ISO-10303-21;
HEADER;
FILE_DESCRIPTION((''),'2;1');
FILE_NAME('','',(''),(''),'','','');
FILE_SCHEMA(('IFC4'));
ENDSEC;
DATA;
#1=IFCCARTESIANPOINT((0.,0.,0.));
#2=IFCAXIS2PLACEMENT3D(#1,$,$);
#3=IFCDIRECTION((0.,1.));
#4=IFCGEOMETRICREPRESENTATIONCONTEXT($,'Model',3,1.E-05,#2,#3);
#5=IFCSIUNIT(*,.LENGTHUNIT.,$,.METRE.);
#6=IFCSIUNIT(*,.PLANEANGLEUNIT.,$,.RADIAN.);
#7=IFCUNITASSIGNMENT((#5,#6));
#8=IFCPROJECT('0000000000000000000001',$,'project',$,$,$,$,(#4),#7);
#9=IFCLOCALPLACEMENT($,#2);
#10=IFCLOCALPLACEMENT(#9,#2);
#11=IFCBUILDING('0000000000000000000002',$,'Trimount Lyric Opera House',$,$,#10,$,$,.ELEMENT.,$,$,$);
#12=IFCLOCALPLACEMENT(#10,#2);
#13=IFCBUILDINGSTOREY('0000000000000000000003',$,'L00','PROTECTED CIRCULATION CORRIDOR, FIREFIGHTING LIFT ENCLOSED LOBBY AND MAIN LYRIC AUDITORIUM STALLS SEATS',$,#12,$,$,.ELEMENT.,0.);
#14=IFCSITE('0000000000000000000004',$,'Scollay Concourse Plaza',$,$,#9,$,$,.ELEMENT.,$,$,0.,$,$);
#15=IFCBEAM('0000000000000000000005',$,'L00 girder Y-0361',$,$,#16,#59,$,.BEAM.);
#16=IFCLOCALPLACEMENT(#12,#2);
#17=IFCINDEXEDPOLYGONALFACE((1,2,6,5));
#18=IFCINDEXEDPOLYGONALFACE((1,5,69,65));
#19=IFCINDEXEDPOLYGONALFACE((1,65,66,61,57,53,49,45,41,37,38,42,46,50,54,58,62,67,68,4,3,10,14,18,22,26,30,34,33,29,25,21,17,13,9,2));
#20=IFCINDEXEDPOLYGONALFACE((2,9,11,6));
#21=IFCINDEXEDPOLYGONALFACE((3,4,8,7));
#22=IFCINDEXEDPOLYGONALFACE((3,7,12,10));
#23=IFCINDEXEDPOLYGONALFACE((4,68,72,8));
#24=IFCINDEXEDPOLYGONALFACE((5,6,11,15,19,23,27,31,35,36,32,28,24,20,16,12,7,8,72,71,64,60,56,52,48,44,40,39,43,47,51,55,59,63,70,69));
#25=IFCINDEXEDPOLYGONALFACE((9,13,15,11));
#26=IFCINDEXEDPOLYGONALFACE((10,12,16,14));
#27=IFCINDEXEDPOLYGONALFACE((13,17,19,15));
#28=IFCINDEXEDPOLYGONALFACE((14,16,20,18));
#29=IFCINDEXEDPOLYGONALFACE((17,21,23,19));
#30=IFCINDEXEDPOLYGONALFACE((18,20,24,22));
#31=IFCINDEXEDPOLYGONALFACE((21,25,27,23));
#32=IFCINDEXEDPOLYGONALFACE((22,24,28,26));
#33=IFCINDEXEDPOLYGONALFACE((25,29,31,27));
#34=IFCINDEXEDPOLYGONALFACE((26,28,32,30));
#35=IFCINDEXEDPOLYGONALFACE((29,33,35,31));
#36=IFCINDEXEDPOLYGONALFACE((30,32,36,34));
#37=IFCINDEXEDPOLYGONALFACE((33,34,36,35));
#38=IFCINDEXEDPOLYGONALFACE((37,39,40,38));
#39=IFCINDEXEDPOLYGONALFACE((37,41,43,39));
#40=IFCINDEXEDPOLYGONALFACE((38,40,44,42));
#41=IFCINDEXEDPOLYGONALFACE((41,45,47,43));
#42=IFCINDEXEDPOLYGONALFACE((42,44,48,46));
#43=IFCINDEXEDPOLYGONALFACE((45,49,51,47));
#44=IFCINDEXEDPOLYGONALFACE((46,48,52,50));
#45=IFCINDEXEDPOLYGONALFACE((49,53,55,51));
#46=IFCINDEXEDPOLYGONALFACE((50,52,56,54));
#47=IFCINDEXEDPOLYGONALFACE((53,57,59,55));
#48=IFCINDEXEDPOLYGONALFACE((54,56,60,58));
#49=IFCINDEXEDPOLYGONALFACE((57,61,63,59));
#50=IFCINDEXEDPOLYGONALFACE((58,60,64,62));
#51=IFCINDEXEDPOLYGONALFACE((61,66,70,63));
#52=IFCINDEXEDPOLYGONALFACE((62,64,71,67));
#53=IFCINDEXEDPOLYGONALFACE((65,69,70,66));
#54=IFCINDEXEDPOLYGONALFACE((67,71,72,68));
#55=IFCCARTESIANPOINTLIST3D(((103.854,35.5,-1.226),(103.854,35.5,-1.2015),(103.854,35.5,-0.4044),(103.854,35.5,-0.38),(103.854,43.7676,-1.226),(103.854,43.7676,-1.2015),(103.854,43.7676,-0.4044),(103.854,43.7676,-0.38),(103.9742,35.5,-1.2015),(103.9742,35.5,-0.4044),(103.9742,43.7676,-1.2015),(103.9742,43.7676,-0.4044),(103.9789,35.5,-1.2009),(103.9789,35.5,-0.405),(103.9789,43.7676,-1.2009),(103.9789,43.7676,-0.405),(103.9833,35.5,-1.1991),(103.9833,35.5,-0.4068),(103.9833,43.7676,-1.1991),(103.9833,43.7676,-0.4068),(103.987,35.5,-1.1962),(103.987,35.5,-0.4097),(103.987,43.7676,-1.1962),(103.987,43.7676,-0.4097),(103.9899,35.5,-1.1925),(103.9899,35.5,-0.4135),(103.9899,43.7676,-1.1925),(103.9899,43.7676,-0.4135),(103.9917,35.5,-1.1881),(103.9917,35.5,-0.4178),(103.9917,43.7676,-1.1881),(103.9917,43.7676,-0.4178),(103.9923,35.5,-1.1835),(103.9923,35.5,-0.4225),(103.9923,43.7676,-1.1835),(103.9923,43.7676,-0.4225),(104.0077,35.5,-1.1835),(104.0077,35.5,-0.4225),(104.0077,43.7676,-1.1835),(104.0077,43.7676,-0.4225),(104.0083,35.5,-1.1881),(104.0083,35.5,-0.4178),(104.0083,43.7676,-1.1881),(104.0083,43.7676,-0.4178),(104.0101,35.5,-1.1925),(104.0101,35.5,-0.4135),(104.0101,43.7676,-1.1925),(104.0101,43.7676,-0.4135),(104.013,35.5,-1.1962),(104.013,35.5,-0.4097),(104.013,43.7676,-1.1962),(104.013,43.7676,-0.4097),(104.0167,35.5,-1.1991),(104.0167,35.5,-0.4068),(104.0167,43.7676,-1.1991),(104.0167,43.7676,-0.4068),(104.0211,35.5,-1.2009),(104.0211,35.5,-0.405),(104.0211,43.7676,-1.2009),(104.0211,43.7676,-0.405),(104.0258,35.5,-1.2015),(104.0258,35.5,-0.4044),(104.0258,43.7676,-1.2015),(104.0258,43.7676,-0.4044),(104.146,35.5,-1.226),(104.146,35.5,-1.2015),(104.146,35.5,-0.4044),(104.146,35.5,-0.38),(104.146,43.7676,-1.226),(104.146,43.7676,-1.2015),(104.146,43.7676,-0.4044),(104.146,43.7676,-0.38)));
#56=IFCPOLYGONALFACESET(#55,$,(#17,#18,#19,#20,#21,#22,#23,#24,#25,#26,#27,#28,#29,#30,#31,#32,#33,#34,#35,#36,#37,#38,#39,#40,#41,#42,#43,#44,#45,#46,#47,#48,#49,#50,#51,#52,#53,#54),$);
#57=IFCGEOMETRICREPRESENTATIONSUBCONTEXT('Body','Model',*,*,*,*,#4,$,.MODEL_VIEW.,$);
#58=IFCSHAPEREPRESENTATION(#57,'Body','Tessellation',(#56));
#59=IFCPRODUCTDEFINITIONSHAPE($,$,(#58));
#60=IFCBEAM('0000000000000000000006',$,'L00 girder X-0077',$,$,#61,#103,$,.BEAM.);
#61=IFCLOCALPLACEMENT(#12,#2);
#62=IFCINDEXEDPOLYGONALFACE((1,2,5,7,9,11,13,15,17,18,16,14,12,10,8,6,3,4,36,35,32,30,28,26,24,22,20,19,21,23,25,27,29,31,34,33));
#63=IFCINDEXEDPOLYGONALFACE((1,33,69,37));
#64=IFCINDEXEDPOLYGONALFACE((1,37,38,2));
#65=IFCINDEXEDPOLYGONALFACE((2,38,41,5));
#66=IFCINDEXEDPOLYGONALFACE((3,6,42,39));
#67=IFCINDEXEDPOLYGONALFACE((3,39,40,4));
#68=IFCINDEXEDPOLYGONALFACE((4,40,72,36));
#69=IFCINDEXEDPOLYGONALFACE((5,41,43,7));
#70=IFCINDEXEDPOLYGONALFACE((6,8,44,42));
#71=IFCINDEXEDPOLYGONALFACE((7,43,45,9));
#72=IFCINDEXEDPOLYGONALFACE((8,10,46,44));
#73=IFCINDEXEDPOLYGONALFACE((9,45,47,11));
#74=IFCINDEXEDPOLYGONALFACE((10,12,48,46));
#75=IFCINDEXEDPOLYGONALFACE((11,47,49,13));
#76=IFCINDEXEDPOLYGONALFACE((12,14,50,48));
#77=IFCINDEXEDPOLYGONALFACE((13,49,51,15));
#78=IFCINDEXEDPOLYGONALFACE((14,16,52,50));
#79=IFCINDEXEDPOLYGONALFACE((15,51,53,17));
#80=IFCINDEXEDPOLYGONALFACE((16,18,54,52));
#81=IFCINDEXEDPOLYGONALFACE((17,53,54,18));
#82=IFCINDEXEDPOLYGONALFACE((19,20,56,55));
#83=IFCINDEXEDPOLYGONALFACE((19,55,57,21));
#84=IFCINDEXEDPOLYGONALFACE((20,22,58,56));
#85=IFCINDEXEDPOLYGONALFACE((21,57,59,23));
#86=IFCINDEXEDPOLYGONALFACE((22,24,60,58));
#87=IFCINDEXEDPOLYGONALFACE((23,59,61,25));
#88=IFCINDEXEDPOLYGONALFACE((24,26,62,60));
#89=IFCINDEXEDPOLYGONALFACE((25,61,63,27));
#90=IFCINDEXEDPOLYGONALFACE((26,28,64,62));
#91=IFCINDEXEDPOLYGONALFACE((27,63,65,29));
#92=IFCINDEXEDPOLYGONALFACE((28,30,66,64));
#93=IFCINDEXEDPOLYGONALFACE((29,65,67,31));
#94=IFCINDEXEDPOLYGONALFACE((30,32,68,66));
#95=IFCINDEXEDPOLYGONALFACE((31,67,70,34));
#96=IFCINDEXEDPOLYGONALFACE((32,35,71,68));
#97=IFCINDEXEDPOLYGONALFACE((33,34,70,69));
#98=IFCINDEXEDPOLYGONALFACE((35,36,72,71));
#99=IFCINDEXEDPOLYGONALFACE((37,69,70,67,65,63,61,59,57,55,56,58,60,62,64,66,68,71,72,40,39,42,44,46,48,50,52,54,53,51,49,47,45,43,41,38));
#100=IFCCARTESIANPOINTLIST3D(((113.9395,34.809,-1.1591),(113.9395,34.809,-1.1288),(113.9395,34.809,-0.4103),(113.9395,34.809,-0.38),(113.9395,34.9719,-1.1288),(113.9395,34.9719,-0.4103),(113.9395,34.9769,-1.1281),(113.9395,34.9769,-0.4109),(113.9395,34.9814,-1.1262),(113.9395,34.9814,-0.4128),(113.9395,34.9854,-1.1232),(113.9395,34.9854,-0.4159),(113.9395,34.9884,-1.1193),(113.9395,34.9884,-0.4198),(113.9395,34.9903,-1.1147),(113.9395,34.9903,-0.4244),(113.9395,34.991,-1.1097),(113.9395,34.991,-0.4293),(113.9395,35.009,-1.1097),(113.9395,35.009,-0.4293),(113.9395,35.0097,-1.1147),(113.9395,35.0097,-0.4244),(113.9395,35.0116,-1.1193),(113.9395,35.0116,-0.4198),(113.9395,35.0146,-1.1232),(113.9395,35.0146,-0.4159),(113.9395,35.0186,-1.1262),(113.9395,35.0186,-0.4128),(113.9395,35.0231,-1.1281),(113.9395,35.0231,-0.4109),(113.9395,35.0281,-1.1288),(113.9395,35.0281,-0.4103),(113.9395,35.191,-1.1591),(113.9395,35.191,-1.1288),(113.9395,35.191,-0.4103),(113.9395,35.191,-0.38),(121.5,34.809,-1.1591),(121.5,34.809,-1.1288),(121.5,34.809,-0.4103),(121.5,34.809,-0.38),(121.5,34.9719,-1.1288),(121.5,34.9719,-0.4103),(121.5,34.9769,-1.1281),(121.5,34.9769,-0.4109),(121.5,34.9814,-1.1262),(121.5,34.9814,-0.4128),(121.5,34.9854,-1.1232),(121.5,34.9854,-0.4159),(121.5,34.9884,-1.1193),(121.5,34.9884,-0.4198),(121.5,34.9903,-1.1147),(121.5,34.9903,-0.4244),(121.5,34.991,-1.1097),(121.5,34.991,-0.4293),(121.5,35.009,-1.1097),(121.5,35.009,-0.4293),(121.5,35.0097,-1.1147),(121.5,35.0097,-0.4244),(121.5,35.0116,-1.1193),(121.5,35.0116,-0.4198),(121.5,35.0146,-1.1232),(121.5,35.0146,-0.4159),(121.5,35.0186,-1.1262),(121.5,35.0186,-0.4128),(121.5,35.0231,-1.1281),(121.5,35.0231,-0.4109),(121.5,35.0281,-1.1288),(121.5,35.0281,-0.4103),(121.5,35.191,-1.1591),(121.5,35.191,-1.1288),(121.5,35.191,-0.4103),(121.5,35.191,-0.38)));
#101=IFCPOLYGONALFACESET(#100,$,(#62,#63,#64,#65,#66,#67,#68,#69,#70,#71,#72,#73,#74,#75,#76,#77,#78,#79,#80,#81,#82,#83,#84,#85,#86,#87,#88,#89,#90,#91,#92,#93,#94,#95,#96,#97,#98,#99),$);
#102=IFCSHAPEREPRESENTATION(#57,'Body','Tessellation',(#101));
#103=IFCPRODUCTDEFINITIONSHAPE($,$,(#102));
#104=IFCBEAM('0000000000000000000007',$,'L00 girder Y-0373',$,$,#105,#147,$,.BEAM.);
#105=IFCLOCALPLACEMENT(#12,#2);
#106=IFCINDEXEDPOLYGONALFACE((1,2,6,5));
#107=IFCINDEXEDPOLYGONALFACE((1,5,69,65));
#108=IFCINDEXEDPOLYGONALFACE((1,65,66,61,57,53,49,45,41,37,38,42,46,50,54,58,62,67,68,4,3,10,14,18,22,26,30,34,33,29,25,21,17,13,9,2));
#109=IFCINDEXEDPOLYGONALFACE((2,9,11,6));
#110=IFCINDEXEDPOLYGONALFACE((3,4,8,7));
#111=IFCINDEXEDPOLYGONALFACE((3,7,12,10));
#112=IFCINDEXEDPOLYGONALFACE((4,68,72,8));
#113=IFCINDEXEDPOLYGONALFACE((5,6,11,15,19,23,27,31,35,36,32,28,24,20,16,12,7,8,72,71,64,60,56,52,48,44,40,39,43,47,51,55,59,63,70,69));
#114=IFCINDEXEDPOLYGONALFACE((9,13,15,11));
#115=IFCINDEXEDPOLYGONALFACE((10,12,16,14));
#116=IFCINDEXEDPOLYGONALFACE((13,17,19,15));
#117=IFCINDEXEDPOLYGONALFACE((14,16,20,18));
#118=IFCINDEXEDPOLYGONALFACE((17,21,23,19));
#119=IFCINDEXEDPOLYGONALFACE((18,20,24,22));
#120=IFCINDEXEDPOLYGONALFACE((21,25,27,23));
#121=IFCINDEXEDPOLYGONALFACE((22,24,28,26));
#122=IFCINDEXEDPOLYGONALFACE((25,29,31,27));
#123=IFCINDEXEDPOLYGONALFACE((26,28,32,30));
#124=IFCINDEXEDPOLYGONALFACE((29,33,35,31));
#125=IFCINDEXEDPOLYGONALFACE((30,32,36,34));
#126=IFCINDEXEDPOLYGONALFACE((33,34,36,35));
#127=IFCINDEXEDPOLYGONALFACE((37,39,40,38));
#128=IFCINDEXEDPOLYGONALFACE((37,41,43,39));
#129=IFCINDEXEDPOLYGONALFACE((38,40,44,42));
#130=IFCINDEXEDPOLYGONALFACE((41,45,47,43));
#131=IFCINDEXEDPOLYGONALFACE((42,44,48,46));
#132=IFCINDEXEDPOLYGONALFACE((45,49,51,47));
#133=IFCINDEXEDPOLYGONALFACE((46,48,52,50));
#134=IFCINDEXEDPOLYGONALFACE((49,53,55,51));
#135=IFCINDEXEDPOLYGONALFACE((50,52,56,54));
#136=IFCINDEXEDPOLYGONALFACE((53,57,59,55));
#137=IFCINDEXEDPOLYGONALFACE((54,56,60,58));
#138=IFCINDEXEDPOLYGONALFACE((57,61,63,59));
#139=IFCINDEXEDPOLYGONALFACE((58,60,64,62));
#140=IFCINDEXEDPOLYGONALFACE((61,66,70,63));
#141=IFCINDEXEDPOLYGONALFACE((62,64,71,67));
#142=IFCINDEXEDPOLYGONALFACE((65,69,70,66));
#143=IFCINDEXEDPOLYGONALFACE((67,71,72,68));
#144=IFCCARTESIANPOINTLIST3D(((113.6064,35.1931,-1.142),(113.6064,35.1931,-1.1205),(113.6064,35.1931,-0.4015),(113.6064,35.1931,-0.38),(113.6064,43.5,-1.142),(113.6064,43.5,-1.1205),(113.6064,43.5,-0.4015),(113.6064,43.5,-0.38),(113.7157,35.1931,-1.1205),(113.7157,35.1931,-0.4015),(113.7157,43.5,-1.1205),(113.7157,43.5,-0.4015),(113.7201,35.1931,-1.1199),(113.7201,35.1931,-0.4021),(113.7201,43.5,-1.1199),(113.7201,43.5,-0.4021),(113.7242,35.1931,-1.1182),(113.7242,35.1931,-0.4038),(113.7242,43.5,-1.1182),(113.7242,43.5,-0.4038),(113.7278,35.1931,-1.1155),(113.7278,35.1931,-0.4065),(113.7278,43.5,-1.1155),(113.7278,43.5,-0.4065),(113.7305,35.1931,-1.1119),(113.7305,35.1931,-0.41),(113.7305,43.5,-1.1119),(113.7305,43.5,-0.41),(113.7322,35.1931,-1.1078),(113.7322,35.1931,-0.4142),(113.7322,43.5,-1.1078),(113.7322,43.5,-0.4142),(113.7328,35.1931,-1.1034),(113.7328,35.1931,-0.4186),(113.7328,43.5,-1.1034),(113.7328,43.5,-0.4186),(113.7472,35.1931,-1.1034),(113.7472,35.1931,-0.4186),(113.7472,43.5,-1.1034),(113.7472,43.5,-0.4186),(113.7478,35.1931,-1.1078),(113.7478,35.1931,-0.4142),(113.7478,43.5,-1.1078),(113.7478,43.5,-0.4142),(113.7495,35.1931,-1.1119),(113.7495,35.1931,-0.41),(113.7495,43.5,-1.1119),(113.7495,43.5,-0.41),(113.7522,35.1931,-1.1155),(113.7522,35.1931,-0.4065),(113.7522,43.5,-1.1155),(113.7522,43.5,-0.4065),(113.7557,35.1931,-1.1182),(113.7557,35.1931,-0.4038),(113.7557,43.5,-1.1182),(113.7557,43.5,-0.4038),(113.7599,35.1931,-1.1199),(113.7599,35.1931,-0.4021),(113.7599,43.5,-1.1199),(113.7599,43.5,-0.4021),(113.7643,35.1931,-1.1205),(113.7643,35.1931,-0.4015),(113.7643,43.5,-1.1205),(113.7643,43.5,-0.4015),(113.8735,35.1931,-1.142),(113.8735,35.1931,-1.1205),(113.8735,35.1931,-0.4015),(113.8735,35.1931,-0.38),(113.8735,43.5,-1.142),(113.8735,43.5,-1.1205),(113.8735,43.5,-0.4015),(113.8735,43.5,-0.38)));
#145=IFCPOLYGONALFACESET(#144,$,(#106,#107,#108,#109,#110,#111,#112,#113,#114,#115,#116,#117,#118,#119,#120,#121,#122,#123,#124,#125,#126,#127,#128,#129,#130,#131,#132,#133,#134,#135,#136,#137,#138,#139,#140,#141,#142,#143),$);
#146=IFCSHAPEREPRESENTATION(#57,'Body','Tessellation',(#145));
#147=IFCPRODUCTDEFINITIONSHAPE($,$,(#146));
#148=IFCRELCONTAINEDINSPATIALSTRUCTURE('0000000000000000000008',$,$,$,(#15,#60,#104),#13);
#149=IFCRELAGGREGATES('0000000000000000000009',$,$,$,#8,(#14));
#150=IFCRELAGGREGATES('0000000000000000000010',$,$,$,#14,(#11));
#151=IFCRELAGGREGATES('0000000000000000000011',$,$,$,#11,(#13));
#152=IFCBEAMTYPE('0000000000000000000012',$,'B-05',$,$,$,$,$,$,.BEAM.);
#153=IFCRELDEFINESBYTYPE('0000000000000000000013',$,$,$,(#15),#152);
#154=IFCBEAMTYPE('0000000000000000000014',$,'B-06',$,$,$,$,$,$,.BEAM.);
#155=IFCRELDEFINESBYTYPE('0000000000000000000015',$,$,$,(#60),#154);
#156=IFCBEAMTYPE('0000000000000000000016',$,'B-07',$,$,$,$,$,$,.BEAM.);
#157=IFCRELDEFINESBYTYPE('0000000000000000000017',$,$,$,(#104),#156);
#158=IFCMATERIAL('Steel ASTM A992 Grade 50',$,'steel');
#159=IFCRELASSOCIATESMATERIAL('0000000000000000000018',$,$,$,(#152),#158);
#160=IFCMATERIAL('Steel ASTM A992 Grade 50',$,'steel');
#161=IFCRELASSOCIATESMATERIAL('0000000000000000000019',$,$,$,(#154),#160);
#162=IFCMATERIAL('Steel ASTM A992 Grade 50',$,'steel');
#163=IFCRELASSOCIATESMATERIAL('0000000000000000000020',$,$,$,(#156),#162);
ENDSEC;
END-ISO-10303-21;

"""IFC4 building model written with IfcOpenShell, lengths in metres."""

from ifc_helpers import new_model, si_unit, direction, frame, origin, origin_2d, place, context, subcontext, project, spatial, i_section, extrude, material, material_profile, profile_set, type_object, element, save


model = new_model("IFC4")

# Units and contexts
model_context = context("Model", 3, precision=1e-05, world=origin(), true_north=direction((0.0, 1.0)))
body_context = subcontext(model_context, "Body", "Model", "MODEL_VIEW")
ifc_project = project(units=[si_unit("LENGTHUNIT", "METRE"), si_unit("PLANEANGLEUNIT", "RADIAN")], contexts=[model_context])

# Site, building, storey
site_placement = place(None, origin())
site = spatial("IfcSite", under=ifc_project, at=site_placement, Name="Scollay Concourse Plaza", CompositionType="ELEMENT", RefElevation=0.0)
building_placement = place(site_placement, origin())
building = spatial("IfcBuilding", under=site, at=building_placement, Name="Trimount Lyric Opera House", CompositionType="ELEMENT")
storey_placement = place(building_placement, origin())
storey = spatial("IfcBuildingStorey", under=building, at=storey_placement, Name="L00", Description="PROTECTED CIRCULATION CORRIDOR, FIREFIGHTING LIFT ENCLOSED LOBBY AND MAIN LYRIC AUDITORIUM STALLS SEATS", CompositionType="ELEMENT", Elevation=0.0)

# Beams
ifc_material_1 = material(Name="Steel ASTM A992 Grade 50", Category="steel")
ifc_material_profile_1 = material_profile(ifc_material_1, i_section(OverallWidth=0.292, OverallDepth=0.8459, WebThickness=0.0154, FlangeThickness=0.0244, FilletRadius=0.0181, at=origin_2d()), Name="W33X141")
ifc_profile_set_1 = profile_set([ifc_material_profile_1], Name="Steel ASTM A992 Grade 50")
beam_type_1 = type_object("IfcBeamType", Name="B-05", PredefinedType="BEAM", material=ifc_profile_set_1)
beam_1_placement = place(storey_placement, frame((104.0, 35.5, -0.803), z_axis=(0.0, 1.0, 0.0), x_axis=(-1.0, 0.0, 0.0)))
element("IfcBeam", 1, at=beam_1_placement, inside=storey, type_object=beam_type_1, Name="L00 girder Y-0361", PredefinedType="BEAM", context=body_context, shape_type="SweptSolid", body=[
    extrude(i_section(OverallWidth=0.292, OverallDepth=0.8459, WebThickness=0.0154, FlangeThickness=0.0244, FilletRadius=0.0181, at=origin_2d()), origin(), (0.0, 0.0, 1.0), 8.2676),
])
ifc_material_2 = material(Name="Steel ASTM A992 Grade 50", Category="steel")
ifc_material_profile_2 = material_profile(ifc_material_2, i_section(OverallWidth=0.3821, OverallDepth=0.7791, WebThickness=0.0181, FlangeThickness=0.0303, FilletRadius=0.019, at=origin_2d()), Name="W30X191")
ifc_profile_set_2 = profile_set([ifc_material_profile_2], Name="Steel ASTM A992 Grade 50")
beam_type_2 = type_object("IfcBeamType", Name="B-06", PredefinedType="BEAM", material=ifc_profile_set_2)
beam_2_placement = place(storey_placement, frame((113.9395, 35.0, -0.7695), z_axis=(1.0, 0.0, 0.0), x_axis=(0.0, 1.0, 0.0)))
element("IfcBeam", 2, at=beam_2_placement, inside=storey, type_object=beam_type_2, Name="L00 girder X-0077", PredefinedType="BEAM", context=body_context, shape_type="SweptSolid", body=[
    extrude(i_section(OverallWidth=0.3821, OverallDepth=0.7791, WebThickness=0.0181, FlangeThickness=0.0303, FilletRadius=0.019, at=origin_2d()), origin(), (0.0, 0.0, 1.0), 7.5605),
])
ifc_material_3 = material(Name="Steel ASTM A992 Grade 50", Category="steel")
ifc_material_profile_3 = material_profile(ifc_material_3, i_section(OverallWidth=0.2671, OverallDepth=0.762, WebThickness=0.0144, FlangeThickness=0.0215, FilletRadius=0.0171, at=origin_2d()), Name="W30X116")
ifc_profile_set_3 = profile_set([ifc_material_profile_3], Name="Steel ASTM A992 Grade 50")
beam_type_3 = type_object("IfcBeamType", Name="B-07", PredefinedType="BEAM", material=ifc_profile_set_3)
beam_3_placement = place(storey_placement, frame((113.74, 35.1931, -0.761), z_axis=(0.0, 1.0, 0.0), x_axis=(-1.0, 0.0, 0.0)))
element("IfcBeam", 3, at=beam_3_placement, inside=storey, type_object=beam_type_3, Name="L00 girder Y-0373", PredefinedType="BEAM", context=body_context, shape_type="SweptSolid", body=[
    extrude(i_section(OverallWidth=0.2671, OverallDepth=0.762, WebThickness=0.0144, FlangeThickness=0.0215, FilletRadius=0.0171, at=origin_2d()), origin(), (0.0, 0.0, 1.0), 8.3069),
])

save(model, "model.ifc")
